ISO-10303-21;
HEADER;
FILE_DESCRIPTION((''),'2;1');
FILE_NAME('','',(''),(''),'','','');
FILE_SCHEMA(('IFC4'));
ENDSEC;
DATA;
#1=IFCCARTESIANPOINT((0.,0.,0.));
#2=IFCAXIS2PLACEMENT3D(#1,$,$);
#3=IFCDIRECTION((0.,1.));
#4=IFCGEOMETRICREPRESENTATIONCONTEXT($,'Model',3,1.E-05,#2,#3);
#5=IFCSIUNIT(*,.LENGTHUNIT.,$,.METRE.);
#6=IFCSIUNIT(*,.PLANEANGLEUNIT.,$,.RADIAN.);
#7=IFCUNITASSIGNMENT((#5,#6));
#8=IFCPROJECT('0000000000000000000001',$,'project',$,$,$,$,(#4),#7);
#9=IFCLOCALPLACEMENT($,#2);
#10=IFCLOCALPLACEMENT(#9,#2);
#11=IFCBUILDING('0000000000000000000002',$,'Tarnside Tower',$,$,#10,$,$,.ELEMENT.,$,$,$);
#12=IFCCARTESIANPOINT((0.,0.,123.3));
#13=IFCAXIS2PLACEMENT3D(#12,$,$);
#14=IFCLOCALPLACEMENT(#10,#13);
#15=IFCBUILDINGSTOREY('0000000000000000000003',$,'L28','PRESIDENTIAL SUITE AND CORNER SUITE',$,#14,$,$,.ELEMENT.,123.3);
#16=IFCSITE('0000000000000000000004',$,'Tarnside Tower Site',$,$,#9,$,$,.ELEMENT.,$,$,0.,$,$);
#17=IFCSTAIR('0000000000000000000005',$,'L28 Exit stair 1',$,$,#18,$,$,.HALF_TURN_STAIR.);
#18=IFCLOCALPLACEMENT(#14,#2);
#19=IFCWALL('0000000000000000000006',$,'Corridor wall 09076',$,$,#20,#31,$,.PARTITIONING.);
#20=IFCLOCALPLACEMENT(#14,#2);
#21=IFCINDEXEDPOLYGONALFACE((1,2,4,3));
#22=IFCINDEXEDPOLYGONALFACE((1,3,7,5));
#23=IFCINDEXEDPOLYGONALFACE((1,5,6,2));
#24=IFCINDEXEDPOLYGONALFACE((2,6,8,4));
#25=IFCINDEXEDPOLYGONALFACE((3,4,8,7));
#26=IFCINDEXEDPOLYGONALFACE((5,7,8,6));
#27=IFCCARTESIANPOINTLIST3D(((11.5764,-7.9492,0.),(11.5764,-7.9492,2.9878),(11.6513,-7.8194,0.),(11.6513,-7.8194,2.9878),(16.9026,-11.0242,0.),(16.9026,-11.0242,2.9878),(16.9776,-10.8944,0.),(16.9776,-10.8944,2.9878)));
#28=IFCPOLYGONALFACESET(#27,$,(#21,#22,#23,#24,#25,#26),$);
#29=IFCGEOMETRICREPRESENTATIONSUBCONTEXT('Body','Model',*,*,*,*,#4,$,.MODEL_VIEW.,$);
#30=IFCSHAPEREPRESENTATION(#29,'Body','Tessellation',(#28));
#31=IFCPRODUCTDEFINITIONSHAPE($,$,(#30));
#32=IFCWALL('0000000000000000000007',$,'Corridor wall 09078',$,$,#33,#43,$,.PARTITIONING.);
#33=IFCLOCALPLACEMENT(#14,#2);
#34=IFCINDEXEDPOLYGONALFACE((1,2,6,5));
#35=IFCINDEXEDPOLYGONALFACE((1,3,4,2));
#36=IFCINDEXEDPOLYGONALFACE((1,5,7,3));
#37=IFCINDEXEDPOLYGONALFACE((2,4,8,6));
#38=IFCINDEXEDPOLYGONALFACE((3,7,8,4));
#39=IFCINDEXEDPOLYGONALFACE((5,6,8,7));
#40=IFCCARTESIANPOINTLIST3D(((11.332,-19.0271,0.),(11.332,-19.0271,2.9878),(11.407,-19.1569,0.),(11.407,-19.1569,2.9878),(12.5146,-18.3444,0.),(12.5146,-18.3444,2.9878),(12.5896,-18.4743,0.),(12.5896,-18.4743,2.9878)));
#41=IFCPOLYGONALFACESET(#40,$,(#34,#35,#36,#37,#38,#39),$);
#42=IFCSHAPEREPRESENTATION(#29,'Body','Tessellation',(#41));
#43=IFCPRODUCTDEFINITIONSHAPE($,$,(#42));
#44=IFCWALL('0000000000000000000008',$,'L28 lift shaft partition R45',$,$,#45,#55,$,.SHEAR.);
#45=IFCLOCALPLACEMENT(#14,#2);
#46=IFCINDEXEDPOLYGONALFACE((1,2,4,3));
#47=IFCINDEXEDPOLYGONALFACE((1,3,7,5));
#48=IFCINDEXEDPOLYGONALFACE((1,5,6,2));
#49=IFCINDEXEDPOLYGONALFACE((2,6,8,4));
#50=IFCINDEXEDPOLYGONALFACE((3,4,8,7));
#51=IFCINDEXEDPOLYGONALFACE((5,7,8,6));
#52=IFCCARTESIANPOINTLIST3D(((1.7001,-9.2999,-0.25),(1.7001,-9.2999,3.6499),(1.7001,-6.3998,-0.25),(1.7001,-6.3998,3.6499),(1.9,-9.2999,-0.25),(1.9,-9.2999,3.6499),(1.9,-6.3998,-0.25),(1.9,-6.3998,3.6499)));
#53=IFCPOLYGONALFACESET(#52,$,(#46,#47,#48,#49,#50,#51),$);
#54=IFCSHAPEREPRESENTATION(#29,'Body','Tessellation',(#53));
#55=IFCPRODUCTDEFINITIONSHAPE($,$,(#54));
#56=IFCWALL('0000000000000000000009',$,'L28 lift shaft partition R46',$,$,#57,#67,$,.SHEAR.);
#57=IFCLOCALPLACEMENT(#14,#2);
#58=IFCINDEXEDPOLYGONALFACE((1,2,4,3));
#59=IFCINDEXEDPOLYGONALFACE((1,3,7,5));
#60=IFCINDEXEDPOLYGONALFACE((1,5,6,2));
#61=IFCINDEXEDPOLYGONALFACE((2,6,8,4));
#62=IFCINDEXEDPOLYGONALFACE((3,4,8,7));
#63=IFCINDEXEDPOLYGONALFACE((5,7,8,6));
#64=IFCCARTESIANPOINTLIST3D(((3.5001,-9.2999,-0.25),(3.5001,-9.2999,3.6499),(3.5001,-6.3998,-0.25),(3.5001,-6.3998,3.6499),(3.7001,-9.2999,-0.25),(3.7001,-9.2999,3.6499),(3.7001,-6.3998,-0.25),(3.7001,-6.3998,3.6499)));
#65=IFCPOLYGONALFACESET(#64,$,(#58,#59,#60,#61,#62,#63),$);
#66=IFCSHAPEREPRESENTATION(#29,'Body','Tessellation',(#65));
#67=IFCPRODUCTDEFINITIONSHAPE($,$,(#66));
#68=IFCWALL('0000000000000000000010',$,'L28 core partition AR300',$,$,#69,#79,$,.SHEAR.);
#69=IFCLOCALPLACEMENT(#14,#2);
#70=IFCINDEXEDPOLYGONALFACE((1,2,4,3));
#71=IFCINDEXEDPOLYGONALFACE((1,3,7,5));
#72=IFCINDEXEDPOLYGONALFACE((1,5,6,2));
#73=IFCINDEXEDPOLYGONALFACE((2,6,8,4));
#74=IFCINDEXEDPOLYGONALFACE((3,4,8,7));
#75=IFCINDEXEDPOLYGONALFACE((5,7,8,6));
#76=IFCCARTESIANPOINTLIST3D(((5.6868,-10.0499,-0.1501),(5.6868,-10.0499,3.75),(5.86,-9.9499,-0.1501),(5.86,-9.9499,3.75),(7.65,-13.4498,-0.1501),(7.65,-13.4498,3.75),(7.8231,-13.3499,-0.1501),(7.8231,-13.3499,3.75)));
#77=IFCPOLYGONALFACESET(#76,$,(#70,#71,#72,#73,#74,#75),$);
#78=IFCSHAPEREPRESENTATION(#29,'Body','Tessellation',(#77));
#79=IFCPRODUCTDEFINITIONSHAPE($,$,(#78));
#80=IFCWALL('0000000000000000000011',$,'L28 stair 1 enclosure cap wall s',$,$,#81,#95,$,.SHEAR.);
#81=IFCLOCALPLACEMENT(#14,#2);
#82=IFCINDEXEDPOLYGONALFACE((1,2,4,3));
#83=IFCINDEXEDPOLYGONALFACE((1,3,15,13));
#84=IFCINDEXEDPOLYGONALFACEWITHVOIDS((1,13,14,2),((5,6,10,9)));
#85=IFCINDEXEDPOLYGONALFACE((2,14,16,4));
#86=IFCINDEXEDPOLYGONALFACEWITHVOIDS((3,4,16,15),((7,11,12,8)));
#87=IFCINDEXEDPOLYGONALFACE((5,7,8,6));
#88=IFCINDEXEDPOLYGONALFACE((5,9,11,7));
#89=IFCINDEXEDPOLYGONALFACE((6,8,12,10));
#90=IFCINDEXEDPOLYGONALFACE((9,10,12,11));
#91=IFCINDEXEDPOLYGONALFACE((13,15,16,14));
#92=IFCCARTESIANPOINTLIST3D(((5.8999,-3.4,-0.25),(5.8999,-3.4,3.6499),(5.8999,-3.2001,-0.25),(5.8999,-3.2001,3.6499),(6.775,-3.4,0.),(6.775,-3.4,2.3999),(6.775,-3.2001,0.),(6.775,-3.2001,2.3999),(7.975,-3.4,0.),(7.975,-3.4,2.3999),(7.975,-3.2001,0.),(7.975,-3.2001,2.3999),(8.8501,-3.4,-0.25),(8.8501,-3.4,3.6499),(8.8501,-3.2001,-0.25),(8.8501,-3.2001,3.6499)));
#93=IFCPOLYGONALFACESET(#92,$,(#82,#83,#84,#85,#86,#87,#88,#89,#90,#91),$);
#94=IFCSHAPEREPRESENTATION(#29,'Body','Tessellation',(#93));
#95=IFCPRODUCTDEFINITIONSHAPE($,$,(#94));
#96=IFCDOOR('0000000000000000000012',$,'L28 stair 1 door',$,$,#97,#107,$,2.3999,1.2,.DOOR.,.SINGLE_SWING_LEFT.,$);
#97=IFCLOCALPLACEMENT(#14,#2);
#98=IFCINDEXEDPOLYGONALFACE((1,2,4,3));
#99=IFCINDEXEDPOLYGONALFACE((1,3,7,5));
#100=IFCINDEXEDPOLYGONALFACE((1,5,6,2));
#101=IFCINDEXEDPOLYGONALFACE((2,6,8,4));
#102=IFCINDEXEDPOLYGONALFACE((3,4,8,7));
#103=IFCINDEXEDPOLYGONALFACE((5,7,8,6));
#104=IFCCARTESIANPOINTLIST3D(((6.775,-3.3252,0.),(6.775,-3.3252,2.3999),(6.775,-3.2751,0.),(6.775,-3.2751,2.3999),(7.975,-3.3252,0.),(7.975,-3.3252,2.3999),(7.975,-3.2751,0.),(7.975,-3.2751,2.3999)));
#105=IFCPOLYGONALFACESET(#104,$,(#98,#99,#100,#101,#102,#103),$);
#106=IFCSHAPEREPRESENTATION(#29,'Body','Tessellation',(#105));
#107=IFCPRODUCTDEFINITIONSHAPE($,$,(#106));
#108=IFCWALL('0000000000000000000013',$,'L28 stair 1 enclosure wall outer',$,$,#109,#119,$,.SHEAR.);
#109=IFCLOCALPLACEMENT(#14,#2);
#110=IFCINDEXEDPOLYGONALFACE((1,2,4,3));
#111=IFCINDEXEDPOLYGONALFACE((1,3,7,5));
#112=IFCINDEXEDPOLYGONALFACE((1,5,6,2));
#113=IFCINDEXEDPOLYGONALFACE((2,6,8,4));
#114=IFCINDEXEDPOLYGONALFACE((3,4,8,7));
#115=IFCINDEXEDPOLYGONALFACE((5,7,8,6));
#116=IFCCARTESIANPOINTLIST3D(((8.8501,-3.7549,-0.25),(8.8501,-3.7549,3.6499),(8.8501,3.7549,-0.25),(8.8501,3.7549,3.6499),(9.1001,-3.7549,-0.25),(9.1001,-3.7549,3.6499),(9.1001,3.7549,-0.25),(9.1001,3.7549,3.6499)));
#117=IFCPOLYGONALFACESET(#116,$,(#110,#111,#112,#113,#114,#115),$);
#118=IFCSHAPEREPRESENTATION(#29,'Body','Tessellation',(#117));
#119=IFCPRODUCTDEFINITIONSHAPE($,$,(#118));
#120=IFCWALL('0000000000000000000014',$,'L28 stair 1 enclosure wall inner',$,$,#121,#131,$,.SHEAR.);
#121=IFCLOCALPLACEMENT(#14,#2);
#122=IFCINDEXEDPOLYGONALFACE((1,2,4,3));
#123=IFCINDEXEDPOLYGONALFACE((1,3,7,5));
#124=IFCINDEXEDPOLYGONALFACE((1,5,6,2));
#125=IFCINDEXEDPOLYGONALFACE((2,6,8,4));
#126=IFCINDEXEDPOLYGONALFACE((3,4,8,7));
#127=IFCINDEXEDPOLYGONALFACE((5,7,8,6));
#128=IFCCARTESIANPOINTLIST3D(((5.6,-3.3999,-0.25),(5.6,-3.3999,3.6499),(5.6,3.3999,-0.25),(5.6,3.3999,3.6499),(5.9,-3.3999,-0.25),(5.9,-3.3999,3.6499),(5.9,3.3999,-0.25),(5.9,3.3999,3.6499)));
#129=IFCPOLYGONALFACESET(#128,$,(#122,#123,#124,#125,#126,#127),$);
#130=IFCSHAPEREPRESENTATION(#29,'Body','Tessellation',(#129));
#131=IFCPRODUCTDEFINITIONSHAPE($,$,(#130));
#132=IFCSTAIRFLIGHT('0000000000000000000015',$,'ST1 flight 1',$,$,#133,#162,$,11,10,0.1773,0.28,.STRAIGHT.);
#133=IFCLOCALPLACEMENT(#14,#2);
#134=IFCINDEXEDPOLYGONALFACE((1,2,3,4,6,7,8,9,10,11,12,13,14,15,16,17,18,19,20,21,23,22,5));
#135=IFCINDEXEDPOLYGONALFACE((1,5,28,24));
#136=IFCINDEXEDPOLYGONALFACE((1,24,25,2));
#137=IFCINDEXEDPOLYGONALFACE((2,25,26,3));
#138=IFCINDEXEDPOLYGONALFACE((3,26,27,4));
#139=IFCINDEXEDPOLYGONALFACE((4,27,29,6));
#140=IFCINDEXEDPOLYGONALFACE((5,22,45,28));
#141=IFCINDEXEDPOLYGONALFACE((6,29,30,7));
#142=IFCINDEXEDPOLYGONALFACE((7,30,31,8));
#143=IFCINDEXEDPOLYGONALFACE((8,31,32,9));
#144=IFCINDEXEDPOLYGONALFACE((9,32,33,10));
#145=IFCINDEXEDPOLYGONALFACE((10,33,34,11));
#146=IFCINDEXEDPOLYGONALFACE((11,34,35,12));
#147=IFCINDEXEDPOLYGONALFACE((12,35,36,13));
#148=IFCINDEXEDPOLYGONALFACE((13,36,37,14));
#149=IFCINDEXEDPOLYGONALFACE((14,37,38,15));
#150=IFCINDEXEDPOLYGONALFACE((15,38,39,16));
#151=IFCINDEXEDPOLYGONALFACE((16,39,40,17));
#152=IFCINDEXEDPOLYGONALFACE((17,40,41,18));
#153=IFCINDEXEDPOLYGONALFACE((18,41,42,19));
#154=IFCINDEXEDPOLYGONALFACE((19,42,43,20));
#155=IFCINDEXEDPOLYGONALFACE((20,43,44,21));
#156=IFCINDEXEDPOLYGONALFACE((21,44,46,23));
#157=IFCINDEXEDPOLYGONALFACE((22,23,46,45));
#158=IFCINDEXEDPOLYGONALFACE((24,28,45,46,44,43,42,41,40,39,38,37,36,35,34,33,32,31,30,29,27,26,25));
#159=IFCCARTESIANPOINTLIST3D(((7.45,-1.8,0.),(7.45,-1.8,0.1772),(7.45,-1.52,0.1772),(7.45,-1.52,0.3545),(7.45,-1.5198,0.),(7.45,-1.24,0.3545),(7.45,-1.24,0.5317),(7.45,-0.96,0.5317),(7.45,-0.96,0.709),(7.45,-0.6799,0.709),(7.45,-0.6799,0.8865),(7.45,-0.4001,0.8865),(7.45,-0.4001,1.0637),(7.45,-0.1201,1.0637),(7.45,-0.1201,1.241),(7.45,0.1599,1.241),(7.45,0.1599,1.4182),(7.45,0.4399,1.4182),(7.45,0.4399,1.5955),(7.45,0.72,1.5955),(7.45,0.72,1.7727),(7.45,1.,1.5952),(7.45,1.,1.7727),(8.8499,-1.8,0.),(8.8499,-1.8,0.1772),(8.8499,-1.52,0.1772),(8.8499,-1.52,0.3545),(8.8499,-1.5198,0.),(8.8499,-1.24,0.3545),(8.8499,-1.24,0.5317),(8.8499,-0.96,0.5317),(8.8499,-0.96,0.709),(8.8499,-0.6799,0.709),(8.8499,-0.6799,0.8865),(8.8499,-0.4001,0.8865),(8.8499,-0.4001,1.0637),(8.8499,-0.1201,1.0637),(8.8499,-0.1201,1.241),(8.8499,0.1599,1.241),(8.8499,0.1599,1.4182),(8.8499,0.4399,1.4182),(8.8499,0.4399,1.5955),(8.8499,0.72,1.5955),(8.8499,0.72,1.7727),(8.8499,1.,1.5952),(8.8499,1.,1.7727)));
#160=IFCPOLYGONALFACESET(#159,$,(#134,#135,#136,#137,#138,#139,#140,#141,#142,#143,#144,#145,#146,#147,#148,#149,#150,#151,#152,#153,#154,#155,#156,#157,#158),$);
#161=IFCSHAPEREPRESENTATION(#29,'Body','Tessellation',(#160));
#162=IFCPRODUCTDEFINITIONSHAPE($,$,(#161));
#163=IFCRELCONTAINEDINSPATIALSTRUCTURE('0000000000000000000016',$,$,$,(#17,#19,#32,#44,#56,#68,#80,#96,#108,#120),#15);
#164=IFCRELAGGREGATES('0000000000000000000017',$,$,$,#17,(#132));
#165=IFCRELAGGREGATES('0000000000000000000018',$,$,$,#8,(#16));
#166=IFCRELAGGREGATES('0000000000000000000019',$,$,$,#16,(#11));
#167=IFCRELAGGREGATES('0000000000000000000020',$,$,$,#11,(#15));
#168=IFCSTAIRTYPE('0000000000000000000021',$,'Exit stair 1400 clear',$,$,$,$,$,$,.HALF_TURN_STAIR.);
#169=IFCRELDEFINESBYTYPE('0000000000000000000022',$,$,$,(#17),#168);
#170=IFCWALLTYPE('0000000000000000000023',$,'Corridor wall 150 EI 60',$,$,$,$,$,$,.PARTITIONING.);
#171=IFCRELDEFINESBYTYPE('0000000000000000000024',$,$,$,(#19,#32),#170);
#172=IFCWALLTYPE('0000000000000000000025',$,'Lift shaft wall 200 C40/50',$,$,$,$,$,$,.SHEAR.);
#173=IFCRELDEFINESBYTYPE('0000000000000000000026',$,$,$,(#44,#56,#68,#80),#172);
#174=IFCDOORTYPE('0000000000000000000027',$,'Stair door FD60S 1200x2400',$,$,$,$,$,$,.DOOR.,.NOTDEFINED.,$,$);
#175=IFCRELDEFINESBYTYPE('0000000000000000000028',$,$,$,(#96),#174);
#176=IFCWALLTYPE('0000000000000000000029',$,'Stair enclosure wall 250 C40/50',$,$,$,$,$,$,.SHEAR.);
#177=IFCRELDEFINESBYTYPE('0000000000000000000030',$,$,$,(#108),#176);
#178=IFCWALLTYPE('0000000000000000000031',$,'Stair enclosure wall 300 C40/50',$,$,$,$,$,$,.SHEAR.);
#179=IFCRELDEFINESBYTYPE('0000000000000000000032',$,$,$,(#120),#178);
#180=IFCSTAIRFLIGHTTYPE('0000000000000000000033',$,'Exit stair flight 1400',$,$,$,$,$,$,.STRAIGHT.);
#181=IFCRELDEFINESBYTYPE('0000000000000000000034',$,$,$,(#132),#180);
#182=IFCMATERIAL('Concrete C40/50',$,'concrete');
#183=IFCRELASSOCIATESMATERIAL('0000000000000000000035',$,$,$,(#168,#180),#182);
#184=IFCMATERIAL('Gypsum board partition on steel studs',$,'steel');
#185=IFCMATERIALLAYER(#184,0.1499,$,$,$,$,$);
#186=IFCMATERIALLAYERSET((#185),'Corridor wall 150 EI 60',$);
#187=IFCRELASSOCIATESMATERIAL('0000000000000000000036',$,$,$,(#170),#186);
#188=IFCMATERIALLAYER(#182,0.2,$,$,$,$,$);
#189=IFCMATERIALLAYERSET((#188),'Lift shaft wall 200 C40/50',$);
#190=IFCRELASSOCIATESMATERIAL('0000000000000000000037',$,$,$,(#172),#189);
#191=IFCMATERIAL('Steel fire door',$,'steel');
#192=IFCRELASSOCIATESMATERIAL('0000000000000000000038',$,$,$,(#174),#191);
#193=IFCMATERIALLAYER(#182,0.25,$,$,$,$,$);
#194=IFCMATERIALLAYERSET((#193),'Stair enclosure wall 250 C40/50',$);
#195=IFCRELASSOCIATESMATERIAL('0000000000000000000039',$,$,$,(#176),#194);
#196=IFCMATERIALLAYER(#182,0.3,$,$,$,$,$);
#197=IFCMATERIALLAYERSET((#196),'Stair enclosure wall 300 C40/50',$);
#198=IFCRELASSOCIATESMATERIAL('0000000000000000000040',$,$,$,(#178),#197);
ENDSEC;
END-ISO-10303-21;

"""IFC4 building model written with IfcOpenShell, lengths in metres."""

from ifc_helpers import new_model, si_unit, direction, frame, frame_2d, origin, place, context, subcontext, project, spatial, polyline, rectangle, outline, extrude, material, layer, layer_set, type_object, element, fill, aggregate, save


model = new_model("IFC4")

# Units and contexts
model_context = context("Model", 3, precision=1e-05, world=origin(), true_north=direction((0.0, 1.0)))
body_context = subcontext(model_context, "Body", "Model", "MODEL_VIEW")
ifc_project = project(units=[si_unit("LENGTHUNIT", "METRE"), si_unit("PLANEANGLEUNIT", "RADIAN")], contexts=[model_context])

# Site, building, storey
site_placement = place(None, origin())
site = spatial("IfcSite", under=ifc_project, at=site_placement, Name="Tarnside Tower Site", CompositionType="ELEMENT", RefElevation=0.0)
building_placement = place(site_placement, origin())
building = spatial("IfcBuilding", under=site, at=building_placement, Name="Tarnside Tower", CompositionType="ELEMENT")
storey_placement = place(building_placement, frame((0.0, 0.0, 123.3)))
storey = spatial("IfcBuildingStorey", under=building, at=storey_placement, Name="L28", Description="PRESIDENTIAL SUITE AND CORNER SUITE", CompositionType="ELEMENT", Elevation=123.3)

# Shared definitions
ifc_material_1 = material(Name="Concrete C40/50", Category="concrete")

# Stair
stair_type = type_object("IfcStairType", Name="Exit stair 1400 clear", PredefinedType="HALF_TURN_STAIR", material=ifc_material_1)
stair_1_placement = place(storey_placement, origin())
stair_1 = element("IfcStair", 1, at=stair_1_placement, inside=storey, type_object=stair_type, Name="L28 Exit stair 1", PredefinedType="HALF_TURN_STAIR")

# Shared definitions
ifc_material_2 = material(Name="Steel fire door", Category="steel")

# Walls
ifc_material_3 = material(Name="Gypsum board partition on steel studs", Category="steel")
ifc_layer_1 = layer(ifc_material_3, 0.1499)
ifc_layer_set_1 = layer_set([ifc_layer_1], Name="Corridor wall 150 EI 60")
wall_type_1 = type_object("IfcWallType", Name="Corridor wall 150 EI 60", PredefinedType="PARTITIONING", material=ifc_layer_set_1)
wall_1_placement = place(storey_placement, frame((11.6138, -7.8843, 0.0), z_axis=(0.0, 0.0, 1.0), x_axis=(0.866034, -0.499986, 0.0)))
element("IfcWall", 2, at=wall_1_placement, inside=storey, type_object=wall_type_1, Name="Corridor wall 09076", PredefinedType="PARTITIONING", context=body_context, shape_type="SweptSolid", body=[
    extrude(rectangle(XDim=6.1501, YDim=0.1499, at=frame_2d((3.0752, 0.0))), origin(), (0.0, 0.0, 1.0), 2.9878),
])
wall_2_placement = place(storey_placement, frame((12.552, -18.4094, 0.0), z_axis=(0.0, 0.0, 1.0), x_axis=(-0.866078, -0.499908, 0.0)))
element("IfcWall", 3, at=wall_2_placement, inside=storey, type_object=wall_type_1, Name="Corridor wall 09078", PredefinedType="PARTITIONING", context=body_context, shape_type="SweptSolid", body=[
    extrude(rectangle(XDim=1.3655, YDim=0.1499, at=frame_2d((0.6826, 0.0))), origin(), (0.0, 0.0, 1.0), 2.9878),
])
ifc_layer_2 = layer(ifc_material_1, 0.2)
ifc_layer_set_2 = layer_set([ifc_layer_2], Name="Lift shaft wall 200 C40/50")
wall_type_2 = type_object("IfcWallType", Name="Lift shaft wall 200 C40/50", PredefinedType="SHEAR", material=ifc_layer_set_2)
for number, where, z_axis, x_axis, name in (
    (4, (1.8, -9.3, -0.25), (0.0, 0.0, 1.0), (0.0, 1.0, 0.0), "L28 lift shaft partition R45"),
    (5, (3.6001, -9.3, -0.25), (0.0, 0.0, 1.0), (0.0, 1.0, 0.0), "L28 lift shaft partition R46"),
):
    element("IfcWall", number, at=place(storey_placement, frame(where, z_axis=z_axis, x_axis=x_axis)), inside=storey, type_object=wall_type_2, Name=name, PredefinedType="SHEAR", context=body_context, shape_type="SweptSolid", body=[
        extrude(rectangle(XDim=2.9001, YDim=0.2, at=frame_2d((1.4502, 0.0))), origin(), (0.0, 0.0, 1.0), 3.8999),
    ])
wall_3_placement = place(storey_placement, frame((5.7734, -10.0, -0.1501), z_axis=(0.0, 0.0, 1.0), x_axis=(0.500038, -0.866003, 0.0)))
element("IfcWall", 6, at=wall_3_placement, inside=storey, type_object=wall_type_2, Name="L28 core partition AR300", PredefinedType="SHEAR", context=body_context, shape_type="SweptSolid", body=[
    extrude(rectangle(XDim=3.926, YDim=0.2, at=frame_2d((1.9629, 0.0))), origin(), (0.0, 0.0, 1.0), 3.9001),
])

# Wall, opening, door
wall_4_placement = place(storey_placement, frame((5.8999, -3.3, -0.25), z_axis=(0.0, 0.0, 1.0), x_axis=(1.0, 0.0, 0.0)))
wall_4 = element("IfcWall", 7, at=wall_4_placement, inside=storey, type_object=wall_type_2, Name="L28 stair 1 enclosure cap wall s", PredefinedType="SHEAR", context=body_context, shape_type="SweptSolid", body=[
    extrude(rectangle(XDim=2.9502, YDim=0.2, at=frame_2d((1.4751, 0.0))), origin(), (0.0, 0.0, 1.0), 3.8999),
])
opening_1_placement = place(wall_4_placement, frame((0.875, 0.0, 0.25)))
opening_1 = element("IfcOpeningElement", 8, at=opening_1_placement, cuts=wall_4, PredefinedType="OPENING", context=body_context, shape_type="SweptSolid", body=[
    extrude(rectangle(XDim=1.2, YDim=2.3999, at=frame_2d((0.6001, 1.2))), frame((0.0, 0.1099, 0.0), z_axis=(0.0, -1.0, 0.0), x_axis=(1.0, 0.0, 0.0)), (0.0, 0.0, 1.0), 0.22),
])
door_type_1 = type_object("IfcDoorType", Name="Stair door FD60S 1200x2400", OperationType="NOTDEFINED", PredefinedType="DOOR", material=ifc_material_2)
door_1_placement = place(opening_1_placement, origin())
door_1 = element("IfcDoor", 9, at=door_1_placement, inside=storey, type_object=door_type_1, Name="L28 stair 1 door", OperationType="SINGLE_SWING_LEFT", OverallHeight=2.3999, OverallWidth=1.2, PredefinedType="DOOR", context=body_context, shape_type="SweptSolid", body=[
    extrude(rectangle(XDim=1.2, YDim=2.3999, at=frame_2d((0.6001, 1.2))), frame((0.0, 0.0249, 0.0), z_axis=(0.0, -1.0, 0.0), x_axis=(1.0, 0.0, 0.0)), (0.0, 0.0, 1.0), 0.05),
])
fill(opening_1, door_1)

# Walls
ifc_layer_3 = layer(ifc_material_1, 0.25)
ifc_layer_set_3 = layer_set([ifc_layer_3], Name="Stair enclosure wall 250 C40/50")
wall_type_3 = type_object("IfcWallType", Name="Stair enclosure wall 250 C40/50", PredefinedType="SHEAR", material=ifc_layer_set_3)
wall_5_placement = place(storey_placement, frame((8.9751, -3.7549, -0.25), z_axis=(0.0, 0.0, 1.0), x_axis=(0.0, 1.0, 0.0)))
element("IfcWall", 10, at=wall_5_placement, inside=storey, type_object=wall_type_3, Name="L28 stair 1 enclosure wall outer", PredefinedType="SHEAR", context=body_context, shape_type="SweptSolid", body=[
    extrude(rectangle(XDim=7.5098, YDim=0.25, at=frame_2d((3.7549, 0.0))), origin(), (0.0, 0.0, 1.0), 3.8999),
])
ifc_layer_4 = layer(ifc_material_1, 0.3)
ifc_layer_set_4 = layer_set([ifc_layer_4], Name="Stair enclosure wall 300 C40/50")
wall_type_4 = type_object("IfcWallType", Name="Stair enclosure wall 300 C40/50", PredefinedType="SHEAR", material=ifc_layer_set_4)
wall_6_placement = place(storey_placement, frame((5.75, -3.3999, -0.25), z_axis=(0.0, 0.0, 1.0), x_axis=(0.0, 1.0, 0.0)))
element("IfcWall", 11, at=wall_6_placement, inside=storey, type_object=wall_type_4, Name="L28 stair 1 enclosure wall inner", PredefinedType="SHEAR", context=body_context, shape_type="SweptSolid", body=[
    extrude(rectangle(XDim=6.7998, YDim=0.3, at=frame_2d((3.3999, 0.0))), origin(), (0.0, 0.0, 1.0), 3.8999),
])

# Stair flight
stair_flight_type = type_object("IfcStairFlightType", Name="Exit stair flight 1400", PredefinedType="STRAIGHT", material=ifc_material_1)
stair_flight_placement = place(storey_placement, frame((8.1499, -1.8, 0.0), z_axis=(0.0, 0.0, 1.0), x_axis=(0.0, 1.0, 0.0)))
stair_flight = element("IfcStairFlight", 12, at=stair_flight_placement, type_object=stair_flight_type, Name="ST1 flight 1", NumberOfRisers=11, NumberOfTreads=10, PredefinedType="STRAIGHT", RiserHeight=0.1773, TreadLength=0.28, context=body_context, shape_type="SweptSolid", body=[
    extrude(outline(polyline([(0.0, 0.0), (0.0, 0.1772), (0.28, 0.1772), (0.28, 0.3545), (0.5601, 0.3545), (0.5601, 0.5317), (0.8401, 0.5317), (0.8401, 0.709), (1.1201, 0.709), (1.1201, 0.8865), (1.3999, 0.8865), (1.3999, 1.0637), (1.6799, 1.0637), (1.6799, 1.241), (1.96, 1.241), (1.96, 1.4182), (2.24, 1.4182), (2.24, 1.5955), (2.52, 1.5955), (2.52, 1.7727), (2.8, 1.7727), (2.8, 1.95), (2.8, 1.5952), (0.2803, 0.0), (0.0, 0.0)])), frame((0.0, 0.7, 0.0), z_axis=(0.0, -1.0, 0.0), x_axis=(1.0, 0.0, 0.0)), (0.0, 0.0, 1.0), 1.3999),
])
aggregate(stair_1, [stair_flight])

save(model, "model.ifc")
